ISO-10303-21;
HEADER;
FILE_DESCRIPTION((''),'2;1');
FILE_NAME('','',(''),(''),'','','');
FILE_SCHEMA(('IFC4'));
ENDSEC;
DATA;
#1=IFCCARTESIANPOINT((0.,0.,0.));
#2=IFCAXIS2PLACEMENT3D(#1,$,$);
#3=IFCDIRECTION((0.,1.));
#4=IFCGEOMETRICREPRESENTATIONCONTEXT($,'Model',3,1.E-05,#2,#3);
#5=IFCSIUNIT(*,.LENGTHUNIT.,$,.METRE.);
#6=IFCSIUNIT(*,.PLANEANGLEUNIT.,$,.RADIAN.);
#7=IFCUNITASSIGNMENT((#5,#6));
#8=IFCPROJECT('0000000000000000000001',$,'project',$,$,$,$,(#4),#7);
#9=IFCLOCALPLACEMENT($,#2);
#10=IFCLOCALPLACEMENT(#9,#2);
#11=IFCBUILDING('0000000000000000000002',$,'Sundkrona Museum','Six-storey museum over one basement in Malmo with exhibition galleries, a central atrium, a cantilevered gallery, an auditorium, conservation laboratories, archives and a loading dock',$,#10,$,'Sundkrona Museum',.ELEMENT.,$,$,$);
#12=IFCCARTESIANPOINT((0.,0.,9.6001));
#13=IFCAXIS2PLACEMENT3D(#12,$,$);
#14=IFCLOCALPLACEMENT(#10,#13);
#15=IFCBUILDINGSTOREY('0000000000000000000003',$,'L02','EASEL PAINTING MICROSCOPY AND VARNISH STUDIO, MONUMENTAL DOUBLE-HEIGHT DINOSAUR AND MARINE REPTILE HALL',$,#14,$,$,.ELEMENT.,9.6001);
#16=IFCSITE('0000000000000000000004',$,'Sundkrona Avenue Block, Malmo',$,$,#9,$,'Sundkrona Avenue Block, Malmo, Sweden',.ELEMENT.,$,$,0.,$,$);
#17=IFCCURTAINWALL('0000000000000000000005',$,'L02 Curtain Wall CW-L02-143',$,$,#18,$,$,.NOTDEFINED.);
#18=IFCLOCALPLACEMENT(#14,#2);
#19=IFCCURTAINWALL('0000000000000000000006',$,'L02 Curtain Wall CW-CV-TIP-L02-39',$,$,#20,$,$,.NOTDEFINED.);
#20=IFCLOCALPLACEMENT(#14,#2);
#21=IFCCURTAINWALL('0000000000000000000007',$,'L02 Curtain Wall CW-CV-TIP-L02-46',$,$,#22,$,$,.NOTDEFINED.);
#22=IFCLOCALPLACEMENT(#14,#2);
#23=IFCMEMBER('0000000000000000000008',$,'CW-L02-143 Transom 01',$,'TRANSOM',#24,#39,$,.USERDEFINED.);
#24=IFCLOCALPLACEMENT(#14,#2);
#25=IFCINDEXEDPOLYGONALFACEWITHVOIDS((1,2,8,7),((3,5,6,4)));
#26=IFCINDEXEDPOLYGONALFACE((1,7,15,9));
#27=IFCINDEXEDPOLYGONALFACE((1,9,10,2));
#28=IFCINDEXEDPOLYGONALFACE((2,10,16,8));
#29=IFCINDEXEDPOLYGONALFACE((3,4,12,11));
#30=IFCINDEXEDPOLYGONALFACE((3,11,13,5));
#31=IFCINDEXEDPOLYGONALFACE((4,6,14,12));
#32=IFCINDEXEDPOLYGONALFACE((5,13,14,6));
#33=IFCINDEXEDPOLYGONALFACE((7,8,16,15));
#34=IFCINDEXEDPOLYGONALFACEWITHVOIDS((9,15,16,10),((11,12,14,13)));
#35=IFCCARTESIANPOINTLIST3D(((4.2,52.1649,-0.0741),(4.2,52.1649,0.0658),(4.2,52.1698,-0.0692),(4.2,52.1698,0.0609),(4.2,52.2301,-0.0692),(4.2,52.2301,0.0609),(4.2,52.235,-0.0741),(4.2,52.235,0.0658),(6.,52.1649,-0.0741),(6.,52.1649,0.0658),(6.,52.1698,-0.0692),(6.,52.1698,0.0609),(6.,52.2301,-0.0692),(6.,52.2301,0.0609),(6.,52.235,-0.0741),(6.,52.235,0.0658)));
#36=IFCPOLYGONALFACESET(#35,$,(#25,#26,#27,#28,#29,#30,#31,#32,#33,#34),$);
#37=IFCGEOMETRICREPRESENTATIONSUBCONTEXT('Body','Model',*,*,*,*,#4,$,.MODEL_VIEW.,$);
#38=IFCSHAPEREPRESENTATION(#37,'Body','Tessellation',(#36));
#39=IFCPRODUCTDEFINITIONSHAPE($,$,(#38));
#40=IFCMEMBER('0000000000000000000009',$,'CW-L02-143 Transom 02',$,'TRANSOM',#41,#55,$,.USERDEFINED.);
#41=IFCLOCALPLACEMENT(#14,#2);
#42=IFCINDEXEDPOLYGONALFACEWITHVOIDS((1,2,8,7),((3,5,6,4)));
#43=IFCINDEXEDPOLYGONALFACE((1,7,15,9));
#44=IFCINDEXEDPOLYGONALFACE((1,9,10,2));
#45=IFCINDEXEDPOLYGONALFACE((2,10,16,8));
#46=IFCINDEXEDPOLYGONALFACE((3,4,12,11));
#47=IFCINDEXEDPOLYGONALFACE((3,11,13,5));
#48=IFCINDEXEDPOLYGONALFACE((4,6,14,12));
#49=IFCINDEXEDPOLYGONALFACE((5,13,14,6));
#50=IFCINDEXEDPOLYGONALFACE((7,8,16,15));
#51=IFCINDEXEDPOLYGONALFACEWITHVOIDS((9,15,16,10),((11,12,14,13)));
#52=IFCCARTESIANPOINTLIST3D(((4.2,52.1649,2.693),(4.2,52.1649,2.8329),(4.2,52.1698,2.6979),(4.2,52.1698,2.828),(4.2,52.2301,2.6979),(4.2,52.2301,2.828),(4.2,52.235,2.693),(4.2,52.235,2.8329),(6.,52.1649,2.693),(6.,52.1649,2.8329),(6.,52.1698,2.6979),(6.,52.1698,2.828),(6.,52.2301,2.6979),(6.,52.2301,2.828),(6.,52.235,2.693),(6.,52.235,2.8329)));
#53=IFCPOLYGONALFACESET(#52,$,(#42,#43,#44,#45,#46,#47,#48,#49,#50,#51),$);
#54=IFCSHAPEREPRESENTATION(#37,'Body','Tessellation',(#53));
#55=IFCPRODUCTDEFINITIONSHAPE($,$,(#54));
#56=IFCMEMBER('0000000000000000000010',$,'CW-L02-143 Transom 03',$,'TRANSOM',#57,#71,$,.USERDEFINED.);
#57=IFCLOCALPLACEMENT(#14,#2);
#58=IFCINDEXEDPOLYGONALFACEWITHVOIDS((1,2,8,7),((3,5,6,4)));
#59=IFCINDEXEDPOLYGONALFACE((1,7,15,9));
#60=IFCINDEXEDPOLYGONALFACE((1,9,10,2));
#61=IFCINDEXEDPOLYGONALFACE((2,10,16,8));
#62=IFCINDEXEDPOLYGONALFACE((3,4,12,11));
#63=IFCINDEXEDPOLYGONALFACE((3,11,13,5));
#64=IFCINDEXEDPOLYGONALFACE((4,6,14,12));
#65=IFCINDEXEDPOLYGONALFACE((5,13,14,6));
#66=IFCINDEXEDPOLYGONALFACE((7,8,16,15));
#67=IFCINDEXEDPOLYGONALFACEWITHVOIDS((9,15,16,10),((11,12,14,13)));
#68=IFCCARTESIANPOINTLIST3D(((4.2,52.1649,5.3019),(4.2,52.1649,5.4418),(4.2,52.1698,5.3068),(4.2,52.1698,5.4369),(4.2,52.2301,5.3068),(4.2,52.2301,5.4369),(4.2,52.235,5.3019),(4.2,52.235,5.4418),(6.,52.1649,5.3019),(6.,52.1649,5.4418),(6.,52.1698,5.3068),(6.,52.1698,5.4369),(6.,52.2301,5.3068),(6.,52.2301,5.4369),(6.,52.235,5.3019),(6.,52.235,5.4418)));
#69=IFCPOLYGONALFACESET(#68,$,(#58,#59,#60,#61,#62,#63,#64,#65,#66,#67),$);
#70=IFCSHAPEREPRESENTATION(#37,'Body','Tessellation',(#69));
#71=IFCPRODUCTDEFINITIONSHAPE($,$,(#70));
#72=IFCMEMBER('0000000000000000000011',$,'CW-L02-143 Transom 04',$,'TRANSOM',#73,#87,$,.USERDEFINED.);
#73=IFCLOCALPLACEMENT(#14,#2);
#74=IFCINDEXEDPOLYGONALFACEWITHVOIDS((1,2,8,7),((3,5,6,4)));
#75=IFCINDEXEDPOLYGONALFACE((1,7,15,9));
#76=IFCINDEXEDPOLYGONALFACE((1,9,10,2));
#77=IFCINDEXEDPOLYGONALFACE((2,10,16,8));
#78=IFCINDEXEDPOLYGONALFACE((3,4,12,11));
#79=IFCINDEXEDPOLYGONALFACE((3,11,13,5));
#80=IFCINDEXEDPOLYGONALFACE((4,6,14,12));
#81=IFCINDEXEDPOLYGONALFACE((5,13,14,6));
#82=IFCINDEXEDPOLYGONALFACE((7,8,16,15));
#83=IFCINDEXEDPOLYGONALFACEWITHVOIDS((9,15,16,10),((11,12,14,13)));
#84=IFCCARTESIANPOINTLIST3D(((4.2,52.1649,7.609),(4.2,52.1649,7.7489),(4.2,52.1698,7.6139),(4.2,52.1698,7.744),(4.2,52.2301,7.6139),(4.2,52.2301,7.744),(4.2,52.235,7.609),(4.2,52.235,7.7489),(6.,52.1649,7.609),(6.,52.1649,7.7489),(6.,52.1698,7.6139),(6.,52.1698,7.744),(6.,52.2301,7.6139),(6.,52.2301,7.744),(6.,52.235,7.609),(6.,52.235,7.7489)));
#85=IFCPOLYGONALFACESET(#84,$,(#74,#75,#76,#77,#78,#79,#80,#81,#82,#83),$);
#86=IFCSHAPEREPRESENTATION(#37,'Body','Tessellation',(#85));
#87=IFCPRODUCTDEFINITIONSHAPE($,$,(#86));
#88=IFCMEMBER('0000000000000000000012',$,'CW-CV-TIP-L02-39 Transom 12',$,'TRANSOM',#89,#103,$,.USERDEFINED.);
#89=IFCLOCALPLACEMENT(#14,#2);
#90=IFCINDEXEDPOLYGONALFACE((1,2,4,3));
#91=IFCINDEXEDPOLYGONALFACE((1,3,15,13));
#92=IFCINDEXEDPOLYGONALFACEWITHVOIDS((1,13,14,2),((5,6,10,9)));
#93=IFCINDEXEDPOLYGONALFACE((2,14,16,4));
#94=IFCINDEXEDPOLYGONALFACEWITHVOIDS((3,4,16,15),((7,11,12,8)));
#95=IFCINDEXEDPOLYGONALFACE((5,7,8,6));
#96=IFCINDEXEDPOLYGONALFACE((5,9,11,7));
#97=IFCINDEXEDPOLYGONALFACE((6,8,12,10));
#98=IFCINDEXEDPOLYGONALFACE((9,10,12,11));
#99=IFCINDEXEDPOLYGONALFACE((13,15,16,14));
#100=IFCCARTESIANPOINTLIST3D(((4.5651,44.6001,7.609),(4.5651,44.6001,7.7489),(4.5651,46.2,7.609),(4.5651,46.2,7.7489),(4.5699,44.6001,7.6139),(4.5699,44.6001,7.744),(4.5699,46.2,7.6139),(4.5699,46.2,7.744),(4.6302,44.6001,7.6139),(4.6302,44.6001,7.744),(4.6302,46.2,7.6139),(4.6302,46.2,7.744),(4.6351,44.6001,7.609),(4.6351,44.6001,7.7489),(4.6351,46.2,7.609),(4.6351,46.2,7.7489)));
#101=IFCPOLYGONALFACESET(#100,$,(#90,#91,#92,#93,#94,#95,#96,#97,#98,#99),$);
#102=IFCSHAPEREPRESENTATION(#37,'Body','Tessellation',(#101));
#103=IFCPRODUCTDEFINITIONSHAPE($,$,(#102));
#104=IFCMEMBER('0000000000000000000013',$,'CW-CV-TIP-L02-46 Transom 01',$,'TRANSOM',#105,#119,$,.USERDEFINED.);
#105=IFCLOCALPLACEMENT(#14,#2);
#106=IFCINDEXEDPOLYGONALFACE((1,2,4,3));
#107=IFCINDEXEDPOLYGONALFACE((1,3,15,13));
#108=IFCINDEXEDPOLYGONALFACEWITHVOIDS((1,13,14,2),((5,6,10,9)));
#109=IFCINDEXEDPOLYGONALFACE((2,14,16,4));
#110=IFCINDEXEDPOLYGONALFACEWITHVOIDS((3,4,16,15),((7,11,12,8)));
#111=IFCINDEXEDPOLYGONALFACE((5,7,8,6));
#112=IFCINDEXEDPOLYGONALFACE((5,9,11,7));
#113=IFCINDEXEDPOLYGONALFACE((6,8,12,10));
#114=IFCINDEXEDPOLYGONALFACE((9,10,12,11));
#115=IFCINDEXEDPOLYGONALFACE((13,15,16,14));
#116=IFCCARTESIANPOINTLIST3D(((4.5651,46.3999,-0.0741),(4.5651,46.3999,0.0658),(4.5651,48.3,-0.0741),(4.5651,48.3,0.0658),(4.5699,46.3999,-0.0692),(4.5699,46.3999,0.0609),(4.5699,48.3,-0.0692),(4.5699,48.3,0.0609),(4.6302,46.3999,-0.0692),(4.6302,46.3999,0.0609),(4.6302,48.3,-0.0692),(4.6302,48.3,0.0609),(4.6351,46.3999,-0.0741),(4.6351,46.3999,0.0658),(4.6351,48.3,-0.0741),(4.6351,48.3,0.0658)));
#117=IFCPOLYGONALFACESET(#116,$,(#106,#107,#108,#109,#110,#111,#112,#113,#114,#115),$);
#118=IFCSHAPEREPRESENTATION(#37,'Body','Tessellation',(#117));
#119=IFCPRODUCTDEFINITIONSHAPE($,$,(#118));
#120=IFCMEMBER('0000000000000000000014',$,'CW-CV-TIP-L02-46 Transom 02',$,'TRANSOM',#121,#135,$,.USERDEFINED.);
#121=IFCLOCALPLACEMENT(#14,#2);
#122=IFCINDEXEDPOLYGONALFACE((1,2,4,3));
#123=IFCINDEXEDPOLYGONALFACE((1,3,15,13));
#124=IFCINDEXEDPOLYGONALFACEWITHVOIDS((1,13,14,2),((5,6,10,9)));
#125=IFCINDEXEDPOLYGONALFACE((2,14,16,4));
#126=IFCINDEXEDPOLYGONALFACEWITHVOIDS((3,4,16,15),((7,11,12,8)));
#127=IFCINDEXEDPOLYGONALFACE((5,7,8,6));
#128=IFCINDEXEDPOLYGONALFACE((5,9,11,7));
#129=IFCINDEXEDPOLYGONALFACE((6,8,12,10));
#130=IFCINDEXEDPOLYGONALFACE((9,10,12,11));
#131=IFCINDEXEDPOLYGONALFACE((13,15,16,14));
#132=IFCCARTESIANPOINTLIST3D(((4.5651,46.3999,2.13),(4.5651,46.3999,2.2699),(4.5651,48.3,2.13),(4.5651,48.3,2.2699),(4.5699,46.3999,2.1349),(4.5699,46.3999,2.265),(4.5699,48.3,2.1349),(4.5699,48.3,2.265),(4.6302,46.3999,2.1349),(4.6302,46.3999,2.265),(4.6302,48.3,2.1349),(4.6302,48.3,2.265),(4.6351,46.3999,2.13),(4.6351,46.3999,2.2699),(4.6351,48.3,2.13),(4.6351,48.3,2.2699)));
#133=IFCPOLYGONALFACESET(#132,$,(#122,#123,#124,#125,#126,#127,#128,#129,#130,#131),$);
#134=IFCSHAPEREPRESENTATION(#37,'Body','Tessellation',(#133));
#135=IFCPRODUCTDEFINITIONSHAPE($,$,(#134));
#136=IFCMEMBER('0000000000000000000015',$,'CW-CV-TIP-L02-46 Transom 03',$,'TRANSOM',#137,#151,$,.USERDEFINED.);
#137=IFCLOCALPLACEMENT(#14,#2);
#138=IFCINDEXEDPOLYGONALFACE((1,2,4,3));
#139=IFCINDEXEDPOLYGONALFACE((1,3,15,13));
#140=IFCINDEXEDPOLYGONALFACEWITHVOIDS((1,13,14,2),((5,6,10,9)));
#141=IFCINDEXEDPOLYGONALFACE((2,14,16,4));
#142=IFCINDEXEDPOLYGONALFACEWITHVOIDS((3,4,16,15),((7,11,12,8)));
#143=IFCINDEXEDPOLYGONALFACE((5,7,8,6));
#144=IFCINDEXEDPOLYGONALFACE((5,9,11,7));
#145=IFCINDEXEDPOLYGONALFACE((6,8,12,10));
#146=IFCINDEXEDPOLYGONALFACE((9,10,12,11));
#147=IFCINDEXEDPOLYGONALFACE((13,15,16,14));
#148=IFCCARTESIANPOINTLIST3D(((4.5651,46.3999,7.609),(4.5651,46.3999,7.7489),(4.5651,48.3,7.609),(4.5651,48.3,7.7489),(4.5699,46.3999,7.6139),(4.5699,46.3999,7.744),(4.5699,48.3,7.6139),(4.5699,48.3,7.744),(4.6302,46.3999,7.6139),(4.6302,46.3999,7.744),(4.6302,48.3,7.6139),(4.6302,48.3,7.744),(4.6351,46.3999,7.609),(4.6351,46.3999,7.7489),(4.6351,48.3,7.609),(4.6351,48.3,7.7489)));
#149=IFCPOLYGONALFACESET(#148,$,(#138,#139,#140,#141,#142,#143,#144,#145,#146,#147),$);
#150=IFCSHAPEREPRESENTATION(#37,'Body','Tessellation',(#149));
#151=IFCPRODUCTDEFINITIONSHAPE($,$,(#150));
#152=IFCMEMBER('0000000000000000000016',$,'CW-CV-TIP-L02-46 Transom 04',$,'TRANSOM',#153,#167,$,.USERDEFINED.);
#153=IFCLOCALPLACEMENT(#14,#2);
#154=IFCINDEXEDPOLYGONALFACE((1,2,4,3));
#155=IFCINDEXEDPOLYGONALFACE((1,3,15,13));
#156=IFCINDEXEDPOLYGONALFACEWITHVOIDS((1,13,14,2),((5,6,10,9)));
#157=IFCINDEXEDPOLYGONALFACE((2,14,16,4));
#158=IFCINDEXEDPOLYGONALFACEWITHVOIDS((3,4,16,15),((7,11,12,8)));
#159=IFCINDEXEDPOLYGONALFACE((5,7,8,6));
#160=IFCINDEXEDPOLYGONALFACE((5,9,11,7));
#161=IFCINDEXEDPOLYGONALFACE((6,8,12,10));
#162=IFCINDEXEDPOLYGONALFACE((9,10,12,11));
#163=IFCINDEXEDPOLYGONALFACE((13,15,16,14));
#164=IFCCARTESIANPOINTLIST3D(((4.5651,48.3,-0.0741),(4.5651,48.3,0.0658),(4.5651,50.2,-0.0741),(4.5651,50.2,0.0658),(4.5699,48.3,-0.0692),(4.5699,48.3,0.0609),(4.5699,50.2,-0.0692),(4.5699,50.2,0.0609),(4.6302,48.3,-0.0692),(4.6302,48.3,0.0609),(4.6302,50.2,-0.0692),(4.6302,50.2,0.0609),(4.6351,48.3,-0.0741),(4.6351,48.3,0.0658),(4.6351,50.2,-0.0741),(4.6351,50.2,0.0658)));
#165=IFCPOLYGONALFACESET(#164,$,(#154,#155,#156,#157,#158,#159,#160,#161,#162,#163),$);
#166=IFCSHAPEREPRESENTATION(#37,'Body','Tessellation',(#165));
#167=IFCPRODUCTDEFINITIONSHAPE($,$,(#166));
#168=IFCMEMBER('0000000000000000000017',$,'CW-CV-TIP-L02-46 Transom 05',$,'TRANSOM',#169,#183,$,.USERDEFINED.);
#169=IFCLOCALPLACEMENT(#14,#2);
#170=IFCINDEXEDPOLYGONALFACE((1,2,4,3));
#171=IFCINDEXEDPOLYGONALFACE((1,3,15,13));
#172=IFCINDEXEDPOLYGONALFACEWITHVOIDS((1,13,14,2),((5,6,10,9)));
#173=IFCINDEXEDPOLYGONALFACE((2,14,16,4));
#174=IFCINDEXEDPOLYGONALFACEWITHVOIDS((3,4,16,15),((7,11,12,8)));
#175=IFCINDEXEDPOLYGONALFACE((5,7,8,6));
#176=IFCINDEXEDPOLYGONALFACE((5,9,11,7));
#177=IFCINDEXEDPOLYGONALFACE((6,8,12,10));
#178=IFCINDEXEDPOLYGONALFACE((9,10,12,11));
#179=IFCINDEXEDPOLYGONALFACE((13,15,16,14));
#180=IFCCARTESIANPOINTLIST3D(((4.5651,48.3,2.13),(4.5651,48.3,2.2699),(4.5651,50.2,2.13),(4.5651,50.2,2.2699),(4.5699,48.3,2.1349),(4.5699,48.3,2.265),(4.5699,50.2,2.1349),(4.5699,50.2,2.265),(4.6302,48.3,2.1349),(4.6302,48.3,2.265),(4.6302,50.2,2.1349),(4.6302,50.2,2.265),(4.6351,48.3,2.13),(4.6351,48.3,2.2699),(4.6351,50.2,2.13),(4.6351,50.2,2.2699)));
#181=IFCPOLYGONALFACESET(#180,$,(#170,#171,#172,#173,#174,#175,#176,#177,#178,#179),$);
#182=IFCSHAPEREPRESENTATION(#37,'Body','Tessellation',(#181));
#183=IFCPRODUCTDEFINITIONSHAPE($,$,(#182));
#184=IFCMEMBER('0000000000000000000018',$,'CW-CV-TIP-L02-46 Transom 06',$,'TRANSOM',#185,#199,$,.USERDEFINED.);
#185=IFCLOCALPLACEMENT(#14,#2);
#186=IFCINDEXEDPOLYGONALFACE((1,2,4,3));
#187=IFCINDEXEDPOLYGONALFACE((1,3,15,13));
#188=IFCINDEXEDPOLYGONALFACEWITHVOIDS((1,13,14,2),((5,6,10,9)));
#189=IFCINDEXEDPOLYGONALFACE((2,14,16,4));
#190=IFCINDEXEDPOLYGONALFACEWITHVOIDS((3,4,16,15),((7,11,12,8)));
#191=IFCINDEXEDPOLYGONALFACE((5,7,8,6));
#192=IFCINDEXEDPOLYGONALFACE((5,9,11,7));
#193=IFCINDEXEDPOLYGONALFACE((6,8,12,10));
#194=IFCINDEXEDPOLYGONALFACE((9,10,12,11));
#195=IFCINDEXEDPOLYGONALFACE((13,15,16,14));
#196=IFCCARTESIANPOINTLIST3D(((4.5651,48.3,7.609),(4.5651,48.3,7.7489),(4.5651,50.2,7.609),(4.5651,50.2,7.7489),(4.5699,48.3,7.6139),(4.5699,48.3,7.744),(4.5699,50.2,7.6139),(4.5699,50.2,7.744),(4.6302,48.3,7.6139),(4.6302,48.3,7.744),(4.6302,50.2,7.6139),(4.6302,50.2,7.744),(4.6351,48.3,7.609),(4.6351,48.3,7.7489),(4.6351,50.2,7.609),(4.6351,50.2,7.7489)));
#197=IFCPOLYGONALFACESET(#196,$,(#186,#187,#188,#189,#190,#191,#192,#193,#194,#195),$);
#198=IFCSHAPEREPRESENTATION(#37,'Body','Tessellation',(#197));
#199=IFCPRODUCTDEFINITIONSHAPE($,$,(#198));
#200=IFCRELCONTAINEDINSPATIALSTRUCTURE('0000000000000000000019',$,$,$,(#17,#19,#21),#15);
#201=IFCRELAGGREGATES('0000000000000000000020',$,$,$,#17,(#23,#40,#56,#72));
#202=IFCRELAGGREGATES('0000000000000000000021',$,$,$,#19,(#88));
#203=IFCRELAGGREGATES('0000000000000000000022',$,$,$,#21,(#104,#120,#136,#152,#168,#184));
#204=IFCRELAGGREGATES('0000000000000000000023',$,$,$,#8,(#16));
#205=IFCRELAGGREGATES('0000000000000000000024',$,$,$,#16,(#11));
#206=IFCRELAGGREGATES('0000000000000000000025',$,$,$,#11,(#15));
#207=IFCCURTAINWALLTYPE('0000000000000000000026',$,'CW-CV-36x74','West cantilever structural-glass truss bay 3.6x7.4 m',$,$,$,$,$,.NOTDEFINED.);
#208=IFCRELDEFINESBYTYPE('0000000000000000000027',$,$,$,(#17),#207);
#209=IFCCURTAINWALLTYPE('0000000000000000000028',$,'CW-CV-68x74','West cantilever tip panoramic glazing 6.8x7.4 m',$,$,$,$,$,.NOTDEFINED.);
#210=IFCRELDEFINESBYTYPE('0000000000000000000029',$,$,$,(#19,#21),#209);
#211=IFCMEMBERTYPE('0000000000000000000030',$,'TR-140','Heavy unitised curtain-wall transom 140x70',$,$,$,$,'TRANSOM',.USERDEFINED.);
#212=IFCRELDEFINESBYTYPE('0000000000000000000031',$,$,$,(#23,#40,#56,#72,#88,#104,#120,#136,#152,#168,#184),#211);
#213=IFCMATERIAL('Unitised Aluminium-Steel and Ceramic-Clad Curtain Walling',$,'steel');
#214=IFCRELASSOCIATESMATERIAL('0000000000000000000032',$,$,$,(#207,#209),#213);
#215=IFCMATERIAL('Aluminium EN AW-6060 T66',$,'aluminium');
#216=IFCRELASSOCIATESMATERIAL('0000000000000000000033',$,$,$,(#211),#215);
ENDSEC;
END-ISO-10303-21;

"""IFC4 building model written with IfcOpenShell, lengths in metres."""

from ifc_helpers import new_model, si_unit, direction, frame, origin, origin_2d, place, context, subcontext, project, spatial, hollow_rectangle, extrude, material, material_profile, profile_set, type_object, element, aggregate, save


model = new_model("IFC4")

# Units and contexts
model_context = context("Model", 3, precision=1e-05, world=origin(), true_north=direction((0.0, 1.0)))
body_context = subcontext(model_context, "Body", "Model", "MODEL_VIEW")
ifc_project = project(units=[si_unit("LENGTHUNIT", "METRE"), si_unit("PLANEANGLEUNIT", "RADIAN")], contexts=[model_context])

# Site, building, storey
site_placement = place(None, origin())
site = spatial("IfcSite", under=ifc_project, at=site_placement, Name="Sundkrona Avenue Block, Malmo", LongName="Sundkrona Avenue Block, Malmo, Sweden", CompositionType="ELEMENT", RefElevation=0.0)
building_placement = place(site_placement, origin())
building = spatial("IfcBuilding", under=site, at=building_placement, Name="Sundkrona Museum", Description="Six-storey museum over one basement in Malmo with exhibition galleries, a central atrium, a cantilevered gallery, an auditorium, conservation laboratories, archives and a loading dock", LongName="Sundkrona Museum", CompositionType="ELEMENT")
storey_placement = place(building_placement, frame((0.0, 0.0, 9.6001)))
storey = spatial("IfcBuildingStorey", under=building, at=storey_placement, Name="L02", Description="EASEL PAINTING MICROSCOPY AND VARNISH STUDIO, MONUMENTAL DOUBLE-HEIGHT DINOSAUR AND MARINE REPTILE HALL", CompositionType="ELEMENT", Elevation=9.6001)

# Curtain walls
ifc_material_1 = material(Name="Unitised Aluminium-Steel and Ceramic-Clad Curtain Walling", Category="steel")
curtain_wall_type_1 = type_object("IfcCurtainWallType", Name="CW-CV-36x74", Description="West cantilever structural-glass truss bay 3.6x7.4 m", PredefinedType="NOTDEFINED", material=ifc_material_1)
curtain_wall_1_placement = place(storey_placement, origin())
curtain_wall_1 = element("IfcCurtainWall", 1, at=curtain_wall_1_placement, inside=storey, type_object=curtain_wall_type_1, Name="L02 Curtain Wall CW-L02-143", PredefinedType="NOTDEFINED")
ifc_material_2 = material(Name="Aluminium EN AW-6060 T66", Category="aluminium")
curtain_wall_type_2 = type_object("IfcCurtainWallType", Name="CW-CV-68x74", Description="West cantilever tip panoramic glazing 6.8x7.4 m", PredefinedType="NOTDEFINED", material=ifc_material_1)
curtain_wall_2_placement = place(storey_placement, origin())
curtain_wall_2 = element("IfcCurtainWall", 2, at=curtain_wall_2_placement, inside=storey, type_object=curtain_wall_type_2, Name="L02 Curtain Wall CW-CV-TIP-L02-39", PredefinedType="NOTDEFINED")

# Curtain wall
curtain_wall_3_placement = place(storey_placement, origin())
curtain_wall_3 = element("IfcCurtainWall", 3, at=curtain_wall_3_placement, inside=storey, type_object=curtain_wall_type_2, Name="L02 Curtain Wall CW-CV-TIP-L02-46", PredefinedType="NOTDEFINED")

# Members
ifc_material_profile_1 = material_profile(ifc_material_2, hollow_rectangle(XDim=0.0701, YDim=0.1399, WallThickness=0.0049, at=origin_2d()), Name="RHS 140x70x5.0")
ifc_profile_set_1 = profile_set([ifc_material_profile_1], Name="Aluminium EN AW-6060 T66")
member_type_1 = type_object("IfcMemberType", Name="TR-140", Description="Heavy unitised curtain-wall transom 140x70", ElementType="TRANSOM", PredefinedType="USERDEFINED", material=ifc_profile_set_1)
member_1_placement = place(storey_placement, frame((4.2, 52.2, -0.0042), z_axis=(1.0, 0.0, 0.0), x_axis=(0.0, 1.0, 0.0)))
member_1 = element("IfcMember", 4, at=member_1_placement, type_object=member_type_1, Name="CW-L02-143 Transom 01", ObjectType="TRANSOM", PredefinedType="USERDEFINED", context=body_context, shape_type="SweptSolid", body=[
    extrude(hollow_rectangle(XDim=0.0701, YDim=0.1399, WallThickness=0.0049, at=origin_2d()), origin(), (0.0, 0.0, 1.0), 1.8),
])
member_2_placement = place(storey_placement, frame((4.2, 52.2, 2.7629), z_axis=(1.0, 0.0, 0.0), x_axis=(0.0, 1.0, 0.0)))
member_2 = element("IfcMember", 5, at=member_2_placement, type_object=member_type_1, Name="CW-L02-143 Transom 02", ObjectType="TRANSOM", PredefinedType="USERDEFINED", context=body_context, shape_type="SweptSolid", body=[
    extrude(hollow_rectangle(XDim=0.0701, YDim=0.1399, WallThickness=0.0049, at=origin_2d()), origin(), (0.0, 0.0, 1.0), 1.8),
])
member_3_placement = place(storey_placement, frame((4.2, 52.2, 5.3718), z_axis=(1.0, 0.0, 0.0), x_axis=(0.0, 1.0, 0.0)))
member_3 = element("IfcMember", 6, at=member_3_placement, type_object=member_type_1, Name="CW-L02-143 Transom 03", ObjectType="TRANSOM", PredefinedType="USERDEFINED", context=body_context, shape_type="SweptSolid", body=[
    extrude(hollow_rectangle(XDim=0.0701, YDim=0.1399, WallThickness=0.0049, at=origin_2d()), origin(), (0.0, 0.0, 1.0), 1.8),
])
member_4_placement = place(storey_placement, frame((4.2, 52.2, 7.679), z_axis=(1.0, 0.0, 0.0), x_axis=(0.0, 1.0, 0.0)))
member_4 = element("IfcMember", 7, at=member_4_placement, type_object=member_type_1, Name="CW-L02-143 Transom 04", ObjectType="TRANSOM", PredefinedType="USERDEFINED", context=body_context, shape_type="SweptSolid", body=[
    extrude(hollow_rectangle(XDim=0.0701, YDim=0.1399, WallThickness=0.0049, at=origin_2d()), origin(), (0.0, 0.0, 1.0), 1.8),
])
aggregate(curtain_wall_1, [member_1, member_2, member_3, member_4])
member_5_placement = place(storey_placement, frame((4.6001, 44.6001, 7.679), z_axis=(0.0, 1.0, 0.0), x_axis=(-1.0, 0.0, 0.0)))
member_5 = element("IfcMember", 8, at=member_5_placement, type_object=member_type_1, Name="CW-CV-TIP-L02-39 Transom 12", ObjectType="TRANSOM", PredefinedType="USERDEFINED", context=body_context, shape_type="SweptSolid", body=[
    extrude(hollow_rectangle(XDim=0.0701, YDim=0.1399, WallThickness=0.0049, at=origin_2d()), origin(), (0.0, 0.0, 1.0), 1.5999),
])
member_6_placement = place(storey_placement, frame((4.6001, 46.3999, -0.0042), z_axis=(0.0, 1.0, 0.0), x_axis=(-1.0, 0.0, 0.0)))
member_6 = element("IfcMember", 9, at=member_6_placement, type_object=member_type_1, Name="CW-CV-TIP-L02-46 Transom 01", ObjectType="TRANSOM", PredefinedType="USERDEFINED", context=body_context, shape_type="SweptSolid", body=[
    extrude(hollow_rectangle(XDim=0.0701, YDim=0.1399, WallThickness=0.0049, at=origin_2d()), origin(), (0.0, 0.0, 1.0), 1.9001),
])
member_7_placement = place(storey_placement, frame((4.6001, 46.3999, 2.2), z_axis=(0.0, 1.0, 0.0), x_axis=(-1.0, 0.0, 0.0)))
member_7 = element("IfcMember", 10, at=member_7_placement, type_object=member_type_1, Name="CW-CV-TIP-L02-46 Transom 02", ObjectType="TRANSOM", PredefinedType="USERDEFINED", context=body_context, shape_type="SweptSolid", body=[
    extrude(hollow_rectangle(XDim=0.0701, YDim=0.1399, WallThickness=0.0049, at=origin_2d()), origin(), (0.0, 0.0, 1.0), 1.9001),
])
member_8_placement = place(storey_placement, frame((4.6001, 46.3999, 7.679), z_axis=(0.0, 1.0, 0.0), x_axis=(-1.0, 0.0, 0.0)))
member_8 = element("IfcMember", 11, at=member_8_placement, type_object=member_type_1, Name="CW-CV-TIP-L02-46 Transom 03", ObjectType="TRANSOM", PredefinedType="USERDEFINED", context=body_context, shape_type="SweptSolid", body=[
    extrude(hollow_rectangle(XDim=0.0701, YDim=0.1399, WallThickness=0.0049, at=origin_2d()), origin(), (0.0, 0.0, 1.0), 1.9001),
])
member_9_placement = place(storey_placement, frame((4.6001, 48.3, -0.0042), z_axis=(0.0, 1.0, 0.0), x_axis=(-1.0, 0.0, 0.0)))
member_9 = element("IfcMember", 12, at=member_9_placement, type_object=member_type_1, Name="CW-CV-TIP-L02-46 Transom 04", ObjectType="TRANSOM", PredefinedType="USERDEFINED", context=body_context, shape_type="SweptSolid", body=[
    extrude(hollow_rectangle(XDim=0.0701, YDim=0.1399, WallThickness=0.0049, at=origin_2d()), origin(), (0.0, 0.0, 1.0), 1.8999),
])
member_10_placement = place(storey_placement, frame((4.6001, 48.3, 2.2), z_axis=(0.0, 1.0, 0.0), x_axis=(-1.0, 0.0, 0.0)))
member_10 = element("IfcMember", 13, at=member_10_placement, type_object=member_type_1, Name="CW-CV-TIP-L02-46 Transom 05", ObjectType="TRANSOM", PredefinedType="USERDEFINED", context=body_context, shape_type="SweptSolid", body=[
    extrude(hollow_rectangle(XDim=0.0701, YDim=0.1399, WallThickness=0.0049, at=origin_2d()), origin(), (0.0, 0.0, 1.0), 1.8999),
])
member_11_placement = place(storey_placement, frame((4.6001, 48.3, 7.679), z_axis=(0.0, 1.0, 0.0), x_axis=(-1.0, 0.0, 0.0)))
member_11 = element("IfcMember", 14, at=member_11_placement, type_object=member_type_1, Name="CW-CV-TIP-L02-46 Transom 06", ObjectType="TRANSOM", PredefinedType="USERDEFINED", context=body_context, shape_type="SweptSolid", body=[
    extrude(hollow_rectangle(XDim=0.0701, YDim=0.1399, WallThickness=0.0049, at=origin_2d()), origin(), (0.0, 0.0, 1.0), 1.8999),
])

aggregate(curtain_wall_2, [member_5])
aggregate(curtain_wall_3, [member_6, member_7, member_8, member_9, member_10, member_11])

save(model, "model.ifc")
